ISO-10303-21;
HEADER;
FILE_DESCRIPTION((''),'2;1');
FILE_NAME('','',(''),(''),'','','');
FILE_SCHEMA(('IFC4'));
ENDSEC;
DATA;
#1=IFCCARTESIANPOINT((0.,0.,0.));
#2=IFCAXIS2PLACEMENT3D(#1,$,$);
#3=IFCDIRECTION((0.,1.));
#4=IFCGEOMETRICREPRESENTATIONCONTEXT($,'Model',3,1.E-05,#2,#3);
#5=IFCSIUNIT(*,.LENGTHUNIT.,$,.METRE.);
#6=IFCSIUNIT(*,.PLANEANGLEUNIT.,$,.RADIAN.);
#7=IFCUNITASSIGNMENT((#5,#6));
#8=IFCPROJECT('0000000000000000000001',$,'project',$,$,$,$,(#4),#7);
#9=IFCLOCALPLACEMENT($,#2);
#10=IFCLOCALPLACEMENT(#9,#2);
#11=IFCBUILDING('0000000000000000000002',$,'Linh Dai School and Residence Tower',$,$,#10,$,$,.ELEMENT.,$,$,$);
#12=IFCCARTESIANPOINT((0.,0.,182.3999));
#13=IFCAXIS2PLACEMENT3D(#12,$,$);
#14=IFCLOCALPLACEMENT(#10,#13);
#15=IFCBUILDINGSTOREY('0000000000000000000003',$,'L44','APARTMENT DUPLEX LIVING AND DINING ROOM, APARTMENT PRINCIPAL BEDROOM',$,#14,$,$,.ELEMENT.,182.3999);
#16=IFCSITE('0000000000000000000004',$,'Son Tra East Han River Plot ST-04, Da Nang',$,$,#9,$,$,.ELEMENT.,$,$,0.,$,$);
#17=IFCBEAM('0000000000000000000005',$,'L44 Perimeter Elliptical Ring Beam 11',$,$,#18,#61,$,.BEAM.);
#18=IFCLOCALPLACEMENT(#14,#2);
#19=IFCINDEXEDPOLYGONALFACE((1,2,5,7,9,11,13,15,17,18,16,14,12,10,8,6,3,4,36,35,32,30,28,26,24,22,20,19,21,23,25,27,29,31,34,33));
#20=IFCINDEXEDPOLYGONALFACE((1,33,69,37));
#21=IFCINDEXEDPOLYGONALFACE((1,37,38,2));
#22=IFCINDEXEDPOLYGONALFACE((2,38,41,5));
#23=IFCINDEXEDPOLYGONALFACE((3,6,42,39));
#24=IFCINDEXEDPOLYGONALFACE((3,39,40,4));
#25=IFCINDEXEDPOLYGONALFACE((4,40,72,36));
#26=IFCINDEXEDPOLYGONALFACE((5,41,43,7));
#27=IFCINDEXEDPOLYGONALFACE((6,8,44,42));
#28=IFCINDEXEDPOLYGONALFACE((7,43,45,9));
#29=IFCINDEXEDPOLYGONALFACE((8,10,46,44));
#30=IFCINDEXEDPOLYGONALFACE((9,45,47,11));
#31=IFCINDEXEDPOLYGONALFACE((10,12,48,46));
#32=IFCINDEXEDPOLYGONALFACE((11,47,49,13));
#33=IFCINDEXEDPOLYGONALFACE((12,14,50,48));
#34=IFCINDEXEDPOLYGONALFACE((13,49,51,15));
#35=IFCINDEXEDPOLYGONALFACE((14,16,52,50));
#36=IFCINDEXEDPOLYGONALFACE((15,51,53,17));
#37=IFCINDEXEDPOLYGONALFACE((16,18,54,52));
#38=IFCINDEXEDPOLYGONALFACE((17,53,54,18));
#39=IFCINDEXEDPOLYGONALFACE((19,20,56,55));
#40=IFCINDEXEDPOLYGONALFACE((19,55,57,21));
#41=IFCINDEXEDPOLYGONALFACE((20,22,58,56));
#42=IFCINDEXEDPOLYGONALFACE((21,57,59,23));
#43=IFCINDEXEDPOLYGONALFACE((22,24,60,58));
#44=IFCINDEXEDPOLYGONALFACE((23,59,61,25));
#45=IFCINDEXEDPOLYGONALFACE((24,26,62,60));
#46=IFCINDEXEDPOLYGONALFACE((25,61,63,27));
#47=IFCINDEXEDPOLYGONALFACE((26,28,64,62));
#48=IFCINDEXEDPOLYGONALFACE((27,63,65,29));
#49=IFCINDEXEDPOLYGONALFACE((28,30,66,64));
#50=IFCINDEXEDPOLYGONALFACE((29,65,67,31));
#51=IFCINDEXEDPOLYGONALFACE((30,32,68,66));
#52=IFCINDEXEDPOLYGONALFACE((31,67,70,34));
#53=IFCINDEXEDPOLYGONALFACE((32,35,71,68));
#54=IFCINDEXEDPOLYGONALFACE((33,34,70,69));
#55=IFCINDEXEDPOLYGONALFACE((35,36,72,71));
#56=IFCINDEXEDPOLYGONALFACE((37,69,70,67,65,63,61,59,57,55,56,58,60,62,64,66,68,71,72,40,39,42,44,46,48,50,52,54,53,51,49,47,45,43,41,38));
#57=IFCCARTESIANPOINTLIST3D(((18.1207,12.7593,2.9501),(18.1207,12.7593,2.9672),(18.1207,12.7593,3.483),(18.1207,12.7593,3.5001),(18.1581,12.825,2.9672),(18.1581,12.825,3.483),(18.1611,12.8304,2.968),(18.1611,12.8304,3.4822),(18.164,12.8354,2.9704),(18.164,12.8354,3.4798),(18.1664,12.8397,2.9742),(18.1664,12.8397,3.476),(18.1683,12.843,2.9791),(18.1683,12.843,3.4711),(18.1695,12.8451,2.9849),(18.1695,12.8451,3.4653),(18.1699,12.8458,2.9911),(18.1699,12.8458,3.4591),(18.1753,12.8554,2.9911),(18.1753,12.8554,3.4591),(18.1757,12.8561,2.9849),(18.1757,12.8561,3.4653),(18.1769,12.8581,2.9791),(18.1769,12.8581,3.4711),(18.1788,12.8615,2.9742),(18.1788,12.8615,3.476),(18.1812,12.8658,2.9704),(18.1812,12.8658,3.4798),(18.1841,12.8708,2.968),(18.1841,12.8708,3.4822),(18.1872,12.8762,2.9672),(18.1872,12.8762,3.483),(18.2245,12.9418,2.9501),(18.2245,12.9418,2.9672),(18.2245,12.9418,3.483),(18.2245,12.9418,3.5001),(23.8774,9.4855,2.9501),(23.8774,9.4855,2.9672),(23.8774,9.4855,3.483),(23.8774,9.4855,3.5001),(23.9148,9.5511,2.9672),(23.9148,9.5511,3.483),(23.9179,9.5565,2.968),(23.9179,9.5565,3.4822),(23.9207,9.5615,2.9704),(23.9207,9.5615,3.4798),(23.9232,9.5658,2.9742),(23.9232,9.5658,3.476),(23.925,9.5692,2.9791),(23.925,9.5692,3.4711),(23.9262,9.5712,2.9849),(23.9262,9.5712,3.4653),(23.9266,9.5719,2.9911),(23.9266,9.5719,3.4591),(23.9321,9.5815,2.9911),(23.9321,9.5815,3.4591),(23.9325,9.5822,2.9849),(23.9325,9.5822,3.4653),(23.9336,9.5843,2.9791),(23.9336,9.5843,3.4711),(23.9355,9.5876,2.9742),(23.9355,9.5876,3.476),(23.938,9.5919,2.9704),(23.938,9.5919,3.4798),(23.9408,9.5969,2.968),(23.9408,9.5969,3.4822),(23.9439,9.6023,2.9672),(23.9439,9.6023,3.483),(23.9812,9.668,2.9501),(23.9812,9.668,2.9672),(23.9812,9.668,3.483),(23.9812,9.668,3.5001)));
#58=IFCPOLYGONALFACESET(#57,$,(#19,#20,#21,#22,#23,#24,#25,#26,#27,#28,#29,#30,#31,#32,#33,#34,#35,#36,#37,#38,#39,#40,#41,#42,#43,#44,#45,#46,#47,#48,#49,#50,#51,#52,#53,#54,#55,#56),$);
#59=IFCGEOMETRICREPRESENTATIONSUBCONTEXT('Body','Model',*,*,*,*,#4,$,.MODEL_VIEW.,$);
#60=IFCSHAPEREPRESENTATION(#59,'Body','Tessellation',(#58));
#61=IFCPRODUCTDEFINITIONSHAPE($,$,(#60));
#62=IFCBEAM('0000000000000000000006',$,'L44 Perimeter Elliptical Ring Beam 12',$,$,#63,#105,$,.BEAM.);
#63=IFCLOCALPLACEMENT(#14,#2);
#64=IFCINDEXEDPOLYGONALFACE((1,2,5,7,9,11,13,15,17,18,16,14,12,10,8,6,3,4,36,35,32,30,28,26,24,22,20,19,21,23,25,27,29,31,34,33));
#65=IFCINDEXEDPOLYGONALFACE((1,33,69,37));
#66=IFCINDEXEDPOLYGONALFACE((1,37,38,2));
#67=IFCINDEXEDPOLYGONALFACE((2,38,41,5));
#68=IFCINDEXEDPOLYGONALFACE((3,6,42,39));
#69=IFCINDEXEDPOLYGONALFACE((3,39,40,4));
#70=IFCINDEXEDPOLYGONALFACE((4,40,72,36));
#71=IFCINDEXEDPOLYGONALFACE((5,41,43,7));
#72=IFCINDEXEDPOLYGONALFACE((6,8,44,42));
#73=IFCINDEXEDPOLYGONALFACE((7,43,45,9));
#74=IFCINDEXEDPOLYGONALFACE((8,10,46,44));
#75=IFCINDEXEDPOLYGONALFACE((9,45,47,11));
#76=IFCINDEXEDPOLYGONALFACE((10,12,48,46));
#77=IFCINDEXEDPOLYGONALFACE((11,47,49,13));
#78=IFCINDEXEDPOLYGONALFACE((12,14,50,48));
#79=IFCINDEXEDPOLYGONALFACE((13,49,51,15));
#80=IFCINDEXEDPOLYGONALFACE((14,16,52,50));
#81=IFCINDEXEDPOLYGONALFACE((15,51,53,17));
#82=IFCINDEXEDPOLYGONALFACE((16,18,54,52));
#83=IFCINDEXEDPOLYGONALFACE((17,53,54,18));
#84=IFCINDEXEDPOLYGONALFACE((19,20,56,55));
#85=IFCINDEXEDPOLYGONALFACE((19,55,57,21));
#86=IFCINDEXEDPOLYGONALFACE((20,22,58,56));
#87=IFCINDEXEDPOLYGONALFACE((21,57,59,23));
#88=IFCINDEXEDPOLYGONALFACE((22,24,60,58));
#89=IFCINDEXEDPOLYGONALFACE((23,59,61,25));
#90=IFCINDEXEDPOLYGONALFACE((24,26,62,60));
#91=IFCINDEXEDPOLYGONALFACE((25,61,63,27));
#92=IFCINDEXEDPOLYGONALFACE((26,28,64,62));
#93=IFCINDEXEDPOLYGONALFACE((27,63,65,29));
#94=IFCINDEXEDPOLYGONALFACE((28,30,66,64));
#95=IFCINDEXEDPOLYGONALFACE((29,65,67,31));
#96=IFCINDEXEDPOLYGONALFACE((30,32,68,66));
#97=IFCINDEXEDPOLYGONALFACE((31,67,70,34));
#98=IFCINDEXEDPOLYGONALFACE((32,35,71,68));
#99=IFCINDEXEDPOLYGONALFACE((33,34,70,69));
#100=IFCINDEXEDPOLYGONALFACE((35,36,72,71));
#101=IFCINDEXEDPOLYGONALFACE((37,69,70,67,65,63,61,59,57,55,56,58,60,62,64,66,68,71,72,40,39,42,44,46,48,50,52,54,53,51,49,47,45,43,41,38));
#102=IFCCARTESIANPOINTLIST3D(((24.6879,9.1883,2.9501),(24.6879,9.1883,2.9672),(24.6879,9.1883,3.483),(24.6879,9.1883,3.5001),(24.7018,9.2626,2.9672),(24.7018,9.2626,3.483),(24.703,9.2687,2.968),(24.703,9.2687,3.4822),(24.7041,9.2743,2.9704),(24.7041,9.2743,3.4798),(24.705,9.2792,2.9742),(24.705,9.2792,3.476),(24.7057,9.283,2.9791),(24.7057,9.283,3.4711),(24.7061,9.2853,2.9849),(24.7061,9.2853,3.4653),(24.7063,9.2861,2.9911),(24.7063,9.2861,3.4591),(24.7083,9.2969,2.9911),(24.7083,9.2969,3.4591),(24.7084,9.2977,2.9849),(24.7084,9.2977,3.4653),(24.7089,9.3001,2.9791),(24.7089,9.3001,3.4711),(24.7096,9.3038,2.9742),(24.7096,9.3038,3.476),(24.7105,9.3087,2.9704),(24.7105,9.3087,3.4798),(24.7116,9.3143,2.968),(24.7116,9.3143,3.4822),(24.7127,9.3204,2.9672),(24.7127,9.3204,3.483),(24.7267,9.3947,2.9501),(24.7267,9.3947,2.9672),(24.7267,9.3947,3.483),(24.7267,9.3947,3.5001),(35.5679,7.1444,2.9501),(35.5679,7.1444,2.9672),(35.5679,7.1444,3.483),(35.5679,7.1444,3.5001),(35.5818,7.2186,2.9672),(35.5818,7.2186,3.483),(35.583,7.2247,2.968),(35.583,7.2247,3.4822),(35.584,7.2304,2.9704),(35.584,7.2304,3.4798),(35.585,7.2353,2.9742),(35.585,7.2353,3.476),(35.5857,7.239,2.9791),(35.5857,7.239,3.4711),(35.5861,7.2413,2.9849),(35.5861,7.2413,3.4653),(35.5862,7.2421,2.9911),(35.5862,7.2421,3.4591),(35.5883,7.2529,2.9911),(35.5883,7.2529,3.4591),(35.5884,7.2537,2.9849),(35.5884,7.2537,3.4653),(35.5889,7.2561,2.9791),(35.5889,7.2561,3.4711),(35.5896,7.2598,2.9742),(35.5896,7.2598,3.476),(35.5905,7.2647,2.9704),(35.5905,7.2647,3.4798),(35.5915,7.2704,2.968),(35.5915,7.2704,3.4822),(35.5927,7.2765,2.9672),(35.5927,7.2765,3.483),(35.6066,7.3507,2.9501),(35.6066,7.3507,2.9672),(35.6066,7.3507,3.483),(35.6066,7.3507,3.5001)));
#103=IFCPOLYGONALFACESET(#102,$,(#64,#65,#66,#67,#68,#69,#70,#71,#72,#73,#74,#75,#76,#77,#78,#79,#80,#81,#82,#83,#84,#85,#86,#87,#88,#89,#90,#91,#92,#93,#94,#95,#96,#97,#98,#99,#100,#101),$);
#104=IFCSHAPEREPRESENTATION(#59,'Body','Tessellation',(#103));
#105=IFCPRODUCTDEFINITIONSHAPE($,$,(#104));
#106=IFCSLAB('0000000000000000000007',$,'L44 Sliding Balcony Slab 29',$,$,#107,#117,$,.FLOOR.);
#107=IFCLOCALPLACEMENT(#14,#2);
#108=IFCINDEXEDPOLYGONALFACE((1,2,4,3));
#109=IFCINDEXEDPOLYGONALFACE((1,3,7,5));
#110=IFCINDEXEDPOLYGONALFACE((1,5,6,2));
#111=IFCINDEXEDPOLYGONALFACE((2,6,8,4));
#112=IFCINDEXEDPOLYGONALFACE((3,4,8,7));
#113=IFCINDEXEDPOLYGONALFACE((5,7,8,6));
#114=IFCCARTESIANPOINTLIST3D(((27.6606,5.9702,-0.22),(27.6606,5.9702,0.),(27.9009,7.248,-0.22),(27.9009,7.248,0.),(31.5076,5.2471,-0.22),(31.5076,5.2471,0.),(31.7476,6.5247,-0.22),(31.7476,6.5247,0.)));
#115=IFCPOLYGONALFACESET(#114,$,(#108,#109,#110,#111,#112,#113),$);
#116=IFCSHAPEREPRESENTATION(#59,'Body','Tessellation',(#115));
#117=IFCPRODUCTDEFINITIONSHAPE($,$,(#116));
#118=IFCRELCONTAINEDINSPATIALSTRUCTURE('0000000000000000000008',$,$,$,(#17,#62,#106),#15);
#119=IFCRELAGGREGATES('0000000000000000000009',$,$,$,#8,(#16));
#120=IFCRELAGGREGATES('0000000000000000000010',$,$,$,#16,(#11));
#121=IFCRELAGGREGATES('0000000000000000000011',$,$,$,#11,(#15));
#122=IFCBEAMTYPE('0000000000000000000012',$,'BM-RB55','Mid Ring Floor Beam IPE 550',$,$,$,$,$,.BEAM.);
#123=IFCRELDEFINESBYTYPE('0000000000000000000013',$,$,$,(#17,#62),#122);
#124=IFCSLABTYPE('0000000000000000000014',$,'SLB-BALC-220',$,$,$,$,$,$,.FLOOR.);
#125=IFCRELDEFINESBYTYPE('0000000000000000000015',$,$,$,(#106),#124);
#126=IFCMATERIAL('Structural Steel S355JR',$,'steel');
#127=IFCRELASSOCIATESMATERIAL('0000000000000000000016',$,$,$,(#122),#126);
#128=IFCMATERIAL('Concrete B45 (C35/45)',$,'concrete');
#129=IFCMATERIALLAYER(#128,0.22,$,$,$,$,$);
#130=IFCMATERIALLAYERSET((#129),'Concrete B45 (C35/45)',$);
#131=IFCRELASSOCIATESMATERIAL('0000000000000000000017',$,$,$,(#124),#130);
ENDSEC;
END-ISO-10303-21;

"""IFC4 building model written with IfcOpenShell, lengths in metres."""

from ifc_helpers import new_model, si_unit, direction, frame, origin, origin_2d, place, context, subcontext, project, spatial, polyline, i_section, outline, extrude, material, layer, layer_set, material_profile, profile_set, type_object, element, save


model = new_model("IFC4")

# Units and contexts
model_context = context("Model", 3, precision=1e-05, world=origin(), true_north=direction((0.0, 1.0)))
body_context = subcontext(model_context, "Body", "Model", "MODEL_VIEW")
ifc_project = project(units=[si_unit("LENGTHUNIT", "METRE"), si_unit("PLANEANGLEUNIT", "RADIAN")], contexts=[model_context])

# Site, building, storey
site_placement = place(None, origin())
site = spatial("IfcSite", under=ifc_project, at=site_placement, Name="Son Tra East Han River Plot ST-04, Da Nang", CompositionType="ELEMENT", RefElevation=0.0)
building_placement = place(site_placement, origin())
building = spatial("IfcBuilding", under=site, at=building_placement, Name="Linh Dai School and Residence Tower", CompositionType="ELEMENT")
storey_placement = place(building_placement, frame((0.0, 0.0, 182.3999)))
storey = spatial("IfcBuildingStorey", under=building, at=storey_placement, Name="L44", Description="APARTMENT DUPLEX LIVING AND DINING ROOM, APARTMENT PRINCIPAL BEDROOM", CompositionType="ELEMENT", Elevation=182.3999)

# Shared definitions
ifc_material_1 = material(Name="Structural Steel S355JR", Category="steel")

# Beams
ifc_material_profile_1 = material_profile(ifc_material_1, i_section(OverallWidth=0.21, OverallDepth=0.55, WebThickness=0.011, FlangeThickness=0.0171, FilletRadius=0.0239, at=origin_2d()), Name="IPE 550")
ifc_profile_set_1 = profile_set([ifc_material_profile_1], Name="Structural Steel S355JR")
beam_type = type_object("IfcBeamType", Name="BM-RB55", Description="Mid Ring Floor Beam IPE 550", PredefinedType="BEAM", material=ifc_profile_set_1)
beam_1_placement = place(storey_placement, frame((18.1726, 12.8506, 3.2251), z_axis=(0.869262, -0.494351, 0.0), x_axis=(0.494351, 0.869262, 0.0)))
element("IfcBeam", 1, at=beam_1_placement, inside=storey, type_object=beam_type, Name="L44 Perimeter Elliptical Ring Beam 11", PredefinedType="BEAM", context=body_context, shape_type="SweptSolid", body=[
    extrude(i_section(OverallWidth=0.21, OverallDepth=0.55, WebThickness=0.011, FlangeThickness=0.0171, FilletRadius=0.0239, at=origin_2d()), origin(), (0.0, 0.0, 1.0), 6.6226),
])
beam_2_placement = place(storey_placement, frame((24.7073, 9.2915, 3.2251), z_axis=(0.982807, -0.184635, 0.0), x_axis=(0.184635, 0.982807, 0.0)))
element("IfcBeam", 2, at=beam_2_placement, inside=storey, type_object=beam_type, Name="L44 Perimeter Elliptical Ring Beam 12", PredefinedType="BEAM", context=body_context, shape_type="SweptSolid", body=[
    extrude(i_section(OverallWidth=0.21, OverallDepth=0.55, WebThickness=0.011, FlangeThickness=0.0171, FilletRadius=0.0239, at=origin_2d()), origin(), (0.0, 0.0, 1.0), 11.0703),
])

# Slab
ifc_material_2 = material(Name="Concrete B45 (C35/45)", Category="concrete")
ifc_layer_1 = layer(ifc_material_2, 0.22)
ifc_layer_set_1 = layer_set([ifc_layer_1], Name="Concrete B45 (C35/45)")
slab_type_1 = type_object("IfcSlabType", Name="SLB-BALC-220", PredefinedType="FLOOR", material=ifc_layer_set_1)
slab_1_placement = place(storey_placement, frame((0.0, 0.0, -0.22)))
element("IfcSlab", 3, at=slab_1_placement, inside=storey, type_object=slab_type_1, Name="L44 Sliding Balcony Slab 29", PredefinedType="FLOOR", context=body_context, shape_type="SweptSolid", body=[
    extrude(outline(polyline([(31.7476, 6.5247), (27.9009, 7.248), (27.6606, 5.9702), (31.5076, 5.2471), (31.7476, 6.5247)])), origin(), (0.0, 0.0, 1.0), 0.22),
])

save(model, "model.ifc")
